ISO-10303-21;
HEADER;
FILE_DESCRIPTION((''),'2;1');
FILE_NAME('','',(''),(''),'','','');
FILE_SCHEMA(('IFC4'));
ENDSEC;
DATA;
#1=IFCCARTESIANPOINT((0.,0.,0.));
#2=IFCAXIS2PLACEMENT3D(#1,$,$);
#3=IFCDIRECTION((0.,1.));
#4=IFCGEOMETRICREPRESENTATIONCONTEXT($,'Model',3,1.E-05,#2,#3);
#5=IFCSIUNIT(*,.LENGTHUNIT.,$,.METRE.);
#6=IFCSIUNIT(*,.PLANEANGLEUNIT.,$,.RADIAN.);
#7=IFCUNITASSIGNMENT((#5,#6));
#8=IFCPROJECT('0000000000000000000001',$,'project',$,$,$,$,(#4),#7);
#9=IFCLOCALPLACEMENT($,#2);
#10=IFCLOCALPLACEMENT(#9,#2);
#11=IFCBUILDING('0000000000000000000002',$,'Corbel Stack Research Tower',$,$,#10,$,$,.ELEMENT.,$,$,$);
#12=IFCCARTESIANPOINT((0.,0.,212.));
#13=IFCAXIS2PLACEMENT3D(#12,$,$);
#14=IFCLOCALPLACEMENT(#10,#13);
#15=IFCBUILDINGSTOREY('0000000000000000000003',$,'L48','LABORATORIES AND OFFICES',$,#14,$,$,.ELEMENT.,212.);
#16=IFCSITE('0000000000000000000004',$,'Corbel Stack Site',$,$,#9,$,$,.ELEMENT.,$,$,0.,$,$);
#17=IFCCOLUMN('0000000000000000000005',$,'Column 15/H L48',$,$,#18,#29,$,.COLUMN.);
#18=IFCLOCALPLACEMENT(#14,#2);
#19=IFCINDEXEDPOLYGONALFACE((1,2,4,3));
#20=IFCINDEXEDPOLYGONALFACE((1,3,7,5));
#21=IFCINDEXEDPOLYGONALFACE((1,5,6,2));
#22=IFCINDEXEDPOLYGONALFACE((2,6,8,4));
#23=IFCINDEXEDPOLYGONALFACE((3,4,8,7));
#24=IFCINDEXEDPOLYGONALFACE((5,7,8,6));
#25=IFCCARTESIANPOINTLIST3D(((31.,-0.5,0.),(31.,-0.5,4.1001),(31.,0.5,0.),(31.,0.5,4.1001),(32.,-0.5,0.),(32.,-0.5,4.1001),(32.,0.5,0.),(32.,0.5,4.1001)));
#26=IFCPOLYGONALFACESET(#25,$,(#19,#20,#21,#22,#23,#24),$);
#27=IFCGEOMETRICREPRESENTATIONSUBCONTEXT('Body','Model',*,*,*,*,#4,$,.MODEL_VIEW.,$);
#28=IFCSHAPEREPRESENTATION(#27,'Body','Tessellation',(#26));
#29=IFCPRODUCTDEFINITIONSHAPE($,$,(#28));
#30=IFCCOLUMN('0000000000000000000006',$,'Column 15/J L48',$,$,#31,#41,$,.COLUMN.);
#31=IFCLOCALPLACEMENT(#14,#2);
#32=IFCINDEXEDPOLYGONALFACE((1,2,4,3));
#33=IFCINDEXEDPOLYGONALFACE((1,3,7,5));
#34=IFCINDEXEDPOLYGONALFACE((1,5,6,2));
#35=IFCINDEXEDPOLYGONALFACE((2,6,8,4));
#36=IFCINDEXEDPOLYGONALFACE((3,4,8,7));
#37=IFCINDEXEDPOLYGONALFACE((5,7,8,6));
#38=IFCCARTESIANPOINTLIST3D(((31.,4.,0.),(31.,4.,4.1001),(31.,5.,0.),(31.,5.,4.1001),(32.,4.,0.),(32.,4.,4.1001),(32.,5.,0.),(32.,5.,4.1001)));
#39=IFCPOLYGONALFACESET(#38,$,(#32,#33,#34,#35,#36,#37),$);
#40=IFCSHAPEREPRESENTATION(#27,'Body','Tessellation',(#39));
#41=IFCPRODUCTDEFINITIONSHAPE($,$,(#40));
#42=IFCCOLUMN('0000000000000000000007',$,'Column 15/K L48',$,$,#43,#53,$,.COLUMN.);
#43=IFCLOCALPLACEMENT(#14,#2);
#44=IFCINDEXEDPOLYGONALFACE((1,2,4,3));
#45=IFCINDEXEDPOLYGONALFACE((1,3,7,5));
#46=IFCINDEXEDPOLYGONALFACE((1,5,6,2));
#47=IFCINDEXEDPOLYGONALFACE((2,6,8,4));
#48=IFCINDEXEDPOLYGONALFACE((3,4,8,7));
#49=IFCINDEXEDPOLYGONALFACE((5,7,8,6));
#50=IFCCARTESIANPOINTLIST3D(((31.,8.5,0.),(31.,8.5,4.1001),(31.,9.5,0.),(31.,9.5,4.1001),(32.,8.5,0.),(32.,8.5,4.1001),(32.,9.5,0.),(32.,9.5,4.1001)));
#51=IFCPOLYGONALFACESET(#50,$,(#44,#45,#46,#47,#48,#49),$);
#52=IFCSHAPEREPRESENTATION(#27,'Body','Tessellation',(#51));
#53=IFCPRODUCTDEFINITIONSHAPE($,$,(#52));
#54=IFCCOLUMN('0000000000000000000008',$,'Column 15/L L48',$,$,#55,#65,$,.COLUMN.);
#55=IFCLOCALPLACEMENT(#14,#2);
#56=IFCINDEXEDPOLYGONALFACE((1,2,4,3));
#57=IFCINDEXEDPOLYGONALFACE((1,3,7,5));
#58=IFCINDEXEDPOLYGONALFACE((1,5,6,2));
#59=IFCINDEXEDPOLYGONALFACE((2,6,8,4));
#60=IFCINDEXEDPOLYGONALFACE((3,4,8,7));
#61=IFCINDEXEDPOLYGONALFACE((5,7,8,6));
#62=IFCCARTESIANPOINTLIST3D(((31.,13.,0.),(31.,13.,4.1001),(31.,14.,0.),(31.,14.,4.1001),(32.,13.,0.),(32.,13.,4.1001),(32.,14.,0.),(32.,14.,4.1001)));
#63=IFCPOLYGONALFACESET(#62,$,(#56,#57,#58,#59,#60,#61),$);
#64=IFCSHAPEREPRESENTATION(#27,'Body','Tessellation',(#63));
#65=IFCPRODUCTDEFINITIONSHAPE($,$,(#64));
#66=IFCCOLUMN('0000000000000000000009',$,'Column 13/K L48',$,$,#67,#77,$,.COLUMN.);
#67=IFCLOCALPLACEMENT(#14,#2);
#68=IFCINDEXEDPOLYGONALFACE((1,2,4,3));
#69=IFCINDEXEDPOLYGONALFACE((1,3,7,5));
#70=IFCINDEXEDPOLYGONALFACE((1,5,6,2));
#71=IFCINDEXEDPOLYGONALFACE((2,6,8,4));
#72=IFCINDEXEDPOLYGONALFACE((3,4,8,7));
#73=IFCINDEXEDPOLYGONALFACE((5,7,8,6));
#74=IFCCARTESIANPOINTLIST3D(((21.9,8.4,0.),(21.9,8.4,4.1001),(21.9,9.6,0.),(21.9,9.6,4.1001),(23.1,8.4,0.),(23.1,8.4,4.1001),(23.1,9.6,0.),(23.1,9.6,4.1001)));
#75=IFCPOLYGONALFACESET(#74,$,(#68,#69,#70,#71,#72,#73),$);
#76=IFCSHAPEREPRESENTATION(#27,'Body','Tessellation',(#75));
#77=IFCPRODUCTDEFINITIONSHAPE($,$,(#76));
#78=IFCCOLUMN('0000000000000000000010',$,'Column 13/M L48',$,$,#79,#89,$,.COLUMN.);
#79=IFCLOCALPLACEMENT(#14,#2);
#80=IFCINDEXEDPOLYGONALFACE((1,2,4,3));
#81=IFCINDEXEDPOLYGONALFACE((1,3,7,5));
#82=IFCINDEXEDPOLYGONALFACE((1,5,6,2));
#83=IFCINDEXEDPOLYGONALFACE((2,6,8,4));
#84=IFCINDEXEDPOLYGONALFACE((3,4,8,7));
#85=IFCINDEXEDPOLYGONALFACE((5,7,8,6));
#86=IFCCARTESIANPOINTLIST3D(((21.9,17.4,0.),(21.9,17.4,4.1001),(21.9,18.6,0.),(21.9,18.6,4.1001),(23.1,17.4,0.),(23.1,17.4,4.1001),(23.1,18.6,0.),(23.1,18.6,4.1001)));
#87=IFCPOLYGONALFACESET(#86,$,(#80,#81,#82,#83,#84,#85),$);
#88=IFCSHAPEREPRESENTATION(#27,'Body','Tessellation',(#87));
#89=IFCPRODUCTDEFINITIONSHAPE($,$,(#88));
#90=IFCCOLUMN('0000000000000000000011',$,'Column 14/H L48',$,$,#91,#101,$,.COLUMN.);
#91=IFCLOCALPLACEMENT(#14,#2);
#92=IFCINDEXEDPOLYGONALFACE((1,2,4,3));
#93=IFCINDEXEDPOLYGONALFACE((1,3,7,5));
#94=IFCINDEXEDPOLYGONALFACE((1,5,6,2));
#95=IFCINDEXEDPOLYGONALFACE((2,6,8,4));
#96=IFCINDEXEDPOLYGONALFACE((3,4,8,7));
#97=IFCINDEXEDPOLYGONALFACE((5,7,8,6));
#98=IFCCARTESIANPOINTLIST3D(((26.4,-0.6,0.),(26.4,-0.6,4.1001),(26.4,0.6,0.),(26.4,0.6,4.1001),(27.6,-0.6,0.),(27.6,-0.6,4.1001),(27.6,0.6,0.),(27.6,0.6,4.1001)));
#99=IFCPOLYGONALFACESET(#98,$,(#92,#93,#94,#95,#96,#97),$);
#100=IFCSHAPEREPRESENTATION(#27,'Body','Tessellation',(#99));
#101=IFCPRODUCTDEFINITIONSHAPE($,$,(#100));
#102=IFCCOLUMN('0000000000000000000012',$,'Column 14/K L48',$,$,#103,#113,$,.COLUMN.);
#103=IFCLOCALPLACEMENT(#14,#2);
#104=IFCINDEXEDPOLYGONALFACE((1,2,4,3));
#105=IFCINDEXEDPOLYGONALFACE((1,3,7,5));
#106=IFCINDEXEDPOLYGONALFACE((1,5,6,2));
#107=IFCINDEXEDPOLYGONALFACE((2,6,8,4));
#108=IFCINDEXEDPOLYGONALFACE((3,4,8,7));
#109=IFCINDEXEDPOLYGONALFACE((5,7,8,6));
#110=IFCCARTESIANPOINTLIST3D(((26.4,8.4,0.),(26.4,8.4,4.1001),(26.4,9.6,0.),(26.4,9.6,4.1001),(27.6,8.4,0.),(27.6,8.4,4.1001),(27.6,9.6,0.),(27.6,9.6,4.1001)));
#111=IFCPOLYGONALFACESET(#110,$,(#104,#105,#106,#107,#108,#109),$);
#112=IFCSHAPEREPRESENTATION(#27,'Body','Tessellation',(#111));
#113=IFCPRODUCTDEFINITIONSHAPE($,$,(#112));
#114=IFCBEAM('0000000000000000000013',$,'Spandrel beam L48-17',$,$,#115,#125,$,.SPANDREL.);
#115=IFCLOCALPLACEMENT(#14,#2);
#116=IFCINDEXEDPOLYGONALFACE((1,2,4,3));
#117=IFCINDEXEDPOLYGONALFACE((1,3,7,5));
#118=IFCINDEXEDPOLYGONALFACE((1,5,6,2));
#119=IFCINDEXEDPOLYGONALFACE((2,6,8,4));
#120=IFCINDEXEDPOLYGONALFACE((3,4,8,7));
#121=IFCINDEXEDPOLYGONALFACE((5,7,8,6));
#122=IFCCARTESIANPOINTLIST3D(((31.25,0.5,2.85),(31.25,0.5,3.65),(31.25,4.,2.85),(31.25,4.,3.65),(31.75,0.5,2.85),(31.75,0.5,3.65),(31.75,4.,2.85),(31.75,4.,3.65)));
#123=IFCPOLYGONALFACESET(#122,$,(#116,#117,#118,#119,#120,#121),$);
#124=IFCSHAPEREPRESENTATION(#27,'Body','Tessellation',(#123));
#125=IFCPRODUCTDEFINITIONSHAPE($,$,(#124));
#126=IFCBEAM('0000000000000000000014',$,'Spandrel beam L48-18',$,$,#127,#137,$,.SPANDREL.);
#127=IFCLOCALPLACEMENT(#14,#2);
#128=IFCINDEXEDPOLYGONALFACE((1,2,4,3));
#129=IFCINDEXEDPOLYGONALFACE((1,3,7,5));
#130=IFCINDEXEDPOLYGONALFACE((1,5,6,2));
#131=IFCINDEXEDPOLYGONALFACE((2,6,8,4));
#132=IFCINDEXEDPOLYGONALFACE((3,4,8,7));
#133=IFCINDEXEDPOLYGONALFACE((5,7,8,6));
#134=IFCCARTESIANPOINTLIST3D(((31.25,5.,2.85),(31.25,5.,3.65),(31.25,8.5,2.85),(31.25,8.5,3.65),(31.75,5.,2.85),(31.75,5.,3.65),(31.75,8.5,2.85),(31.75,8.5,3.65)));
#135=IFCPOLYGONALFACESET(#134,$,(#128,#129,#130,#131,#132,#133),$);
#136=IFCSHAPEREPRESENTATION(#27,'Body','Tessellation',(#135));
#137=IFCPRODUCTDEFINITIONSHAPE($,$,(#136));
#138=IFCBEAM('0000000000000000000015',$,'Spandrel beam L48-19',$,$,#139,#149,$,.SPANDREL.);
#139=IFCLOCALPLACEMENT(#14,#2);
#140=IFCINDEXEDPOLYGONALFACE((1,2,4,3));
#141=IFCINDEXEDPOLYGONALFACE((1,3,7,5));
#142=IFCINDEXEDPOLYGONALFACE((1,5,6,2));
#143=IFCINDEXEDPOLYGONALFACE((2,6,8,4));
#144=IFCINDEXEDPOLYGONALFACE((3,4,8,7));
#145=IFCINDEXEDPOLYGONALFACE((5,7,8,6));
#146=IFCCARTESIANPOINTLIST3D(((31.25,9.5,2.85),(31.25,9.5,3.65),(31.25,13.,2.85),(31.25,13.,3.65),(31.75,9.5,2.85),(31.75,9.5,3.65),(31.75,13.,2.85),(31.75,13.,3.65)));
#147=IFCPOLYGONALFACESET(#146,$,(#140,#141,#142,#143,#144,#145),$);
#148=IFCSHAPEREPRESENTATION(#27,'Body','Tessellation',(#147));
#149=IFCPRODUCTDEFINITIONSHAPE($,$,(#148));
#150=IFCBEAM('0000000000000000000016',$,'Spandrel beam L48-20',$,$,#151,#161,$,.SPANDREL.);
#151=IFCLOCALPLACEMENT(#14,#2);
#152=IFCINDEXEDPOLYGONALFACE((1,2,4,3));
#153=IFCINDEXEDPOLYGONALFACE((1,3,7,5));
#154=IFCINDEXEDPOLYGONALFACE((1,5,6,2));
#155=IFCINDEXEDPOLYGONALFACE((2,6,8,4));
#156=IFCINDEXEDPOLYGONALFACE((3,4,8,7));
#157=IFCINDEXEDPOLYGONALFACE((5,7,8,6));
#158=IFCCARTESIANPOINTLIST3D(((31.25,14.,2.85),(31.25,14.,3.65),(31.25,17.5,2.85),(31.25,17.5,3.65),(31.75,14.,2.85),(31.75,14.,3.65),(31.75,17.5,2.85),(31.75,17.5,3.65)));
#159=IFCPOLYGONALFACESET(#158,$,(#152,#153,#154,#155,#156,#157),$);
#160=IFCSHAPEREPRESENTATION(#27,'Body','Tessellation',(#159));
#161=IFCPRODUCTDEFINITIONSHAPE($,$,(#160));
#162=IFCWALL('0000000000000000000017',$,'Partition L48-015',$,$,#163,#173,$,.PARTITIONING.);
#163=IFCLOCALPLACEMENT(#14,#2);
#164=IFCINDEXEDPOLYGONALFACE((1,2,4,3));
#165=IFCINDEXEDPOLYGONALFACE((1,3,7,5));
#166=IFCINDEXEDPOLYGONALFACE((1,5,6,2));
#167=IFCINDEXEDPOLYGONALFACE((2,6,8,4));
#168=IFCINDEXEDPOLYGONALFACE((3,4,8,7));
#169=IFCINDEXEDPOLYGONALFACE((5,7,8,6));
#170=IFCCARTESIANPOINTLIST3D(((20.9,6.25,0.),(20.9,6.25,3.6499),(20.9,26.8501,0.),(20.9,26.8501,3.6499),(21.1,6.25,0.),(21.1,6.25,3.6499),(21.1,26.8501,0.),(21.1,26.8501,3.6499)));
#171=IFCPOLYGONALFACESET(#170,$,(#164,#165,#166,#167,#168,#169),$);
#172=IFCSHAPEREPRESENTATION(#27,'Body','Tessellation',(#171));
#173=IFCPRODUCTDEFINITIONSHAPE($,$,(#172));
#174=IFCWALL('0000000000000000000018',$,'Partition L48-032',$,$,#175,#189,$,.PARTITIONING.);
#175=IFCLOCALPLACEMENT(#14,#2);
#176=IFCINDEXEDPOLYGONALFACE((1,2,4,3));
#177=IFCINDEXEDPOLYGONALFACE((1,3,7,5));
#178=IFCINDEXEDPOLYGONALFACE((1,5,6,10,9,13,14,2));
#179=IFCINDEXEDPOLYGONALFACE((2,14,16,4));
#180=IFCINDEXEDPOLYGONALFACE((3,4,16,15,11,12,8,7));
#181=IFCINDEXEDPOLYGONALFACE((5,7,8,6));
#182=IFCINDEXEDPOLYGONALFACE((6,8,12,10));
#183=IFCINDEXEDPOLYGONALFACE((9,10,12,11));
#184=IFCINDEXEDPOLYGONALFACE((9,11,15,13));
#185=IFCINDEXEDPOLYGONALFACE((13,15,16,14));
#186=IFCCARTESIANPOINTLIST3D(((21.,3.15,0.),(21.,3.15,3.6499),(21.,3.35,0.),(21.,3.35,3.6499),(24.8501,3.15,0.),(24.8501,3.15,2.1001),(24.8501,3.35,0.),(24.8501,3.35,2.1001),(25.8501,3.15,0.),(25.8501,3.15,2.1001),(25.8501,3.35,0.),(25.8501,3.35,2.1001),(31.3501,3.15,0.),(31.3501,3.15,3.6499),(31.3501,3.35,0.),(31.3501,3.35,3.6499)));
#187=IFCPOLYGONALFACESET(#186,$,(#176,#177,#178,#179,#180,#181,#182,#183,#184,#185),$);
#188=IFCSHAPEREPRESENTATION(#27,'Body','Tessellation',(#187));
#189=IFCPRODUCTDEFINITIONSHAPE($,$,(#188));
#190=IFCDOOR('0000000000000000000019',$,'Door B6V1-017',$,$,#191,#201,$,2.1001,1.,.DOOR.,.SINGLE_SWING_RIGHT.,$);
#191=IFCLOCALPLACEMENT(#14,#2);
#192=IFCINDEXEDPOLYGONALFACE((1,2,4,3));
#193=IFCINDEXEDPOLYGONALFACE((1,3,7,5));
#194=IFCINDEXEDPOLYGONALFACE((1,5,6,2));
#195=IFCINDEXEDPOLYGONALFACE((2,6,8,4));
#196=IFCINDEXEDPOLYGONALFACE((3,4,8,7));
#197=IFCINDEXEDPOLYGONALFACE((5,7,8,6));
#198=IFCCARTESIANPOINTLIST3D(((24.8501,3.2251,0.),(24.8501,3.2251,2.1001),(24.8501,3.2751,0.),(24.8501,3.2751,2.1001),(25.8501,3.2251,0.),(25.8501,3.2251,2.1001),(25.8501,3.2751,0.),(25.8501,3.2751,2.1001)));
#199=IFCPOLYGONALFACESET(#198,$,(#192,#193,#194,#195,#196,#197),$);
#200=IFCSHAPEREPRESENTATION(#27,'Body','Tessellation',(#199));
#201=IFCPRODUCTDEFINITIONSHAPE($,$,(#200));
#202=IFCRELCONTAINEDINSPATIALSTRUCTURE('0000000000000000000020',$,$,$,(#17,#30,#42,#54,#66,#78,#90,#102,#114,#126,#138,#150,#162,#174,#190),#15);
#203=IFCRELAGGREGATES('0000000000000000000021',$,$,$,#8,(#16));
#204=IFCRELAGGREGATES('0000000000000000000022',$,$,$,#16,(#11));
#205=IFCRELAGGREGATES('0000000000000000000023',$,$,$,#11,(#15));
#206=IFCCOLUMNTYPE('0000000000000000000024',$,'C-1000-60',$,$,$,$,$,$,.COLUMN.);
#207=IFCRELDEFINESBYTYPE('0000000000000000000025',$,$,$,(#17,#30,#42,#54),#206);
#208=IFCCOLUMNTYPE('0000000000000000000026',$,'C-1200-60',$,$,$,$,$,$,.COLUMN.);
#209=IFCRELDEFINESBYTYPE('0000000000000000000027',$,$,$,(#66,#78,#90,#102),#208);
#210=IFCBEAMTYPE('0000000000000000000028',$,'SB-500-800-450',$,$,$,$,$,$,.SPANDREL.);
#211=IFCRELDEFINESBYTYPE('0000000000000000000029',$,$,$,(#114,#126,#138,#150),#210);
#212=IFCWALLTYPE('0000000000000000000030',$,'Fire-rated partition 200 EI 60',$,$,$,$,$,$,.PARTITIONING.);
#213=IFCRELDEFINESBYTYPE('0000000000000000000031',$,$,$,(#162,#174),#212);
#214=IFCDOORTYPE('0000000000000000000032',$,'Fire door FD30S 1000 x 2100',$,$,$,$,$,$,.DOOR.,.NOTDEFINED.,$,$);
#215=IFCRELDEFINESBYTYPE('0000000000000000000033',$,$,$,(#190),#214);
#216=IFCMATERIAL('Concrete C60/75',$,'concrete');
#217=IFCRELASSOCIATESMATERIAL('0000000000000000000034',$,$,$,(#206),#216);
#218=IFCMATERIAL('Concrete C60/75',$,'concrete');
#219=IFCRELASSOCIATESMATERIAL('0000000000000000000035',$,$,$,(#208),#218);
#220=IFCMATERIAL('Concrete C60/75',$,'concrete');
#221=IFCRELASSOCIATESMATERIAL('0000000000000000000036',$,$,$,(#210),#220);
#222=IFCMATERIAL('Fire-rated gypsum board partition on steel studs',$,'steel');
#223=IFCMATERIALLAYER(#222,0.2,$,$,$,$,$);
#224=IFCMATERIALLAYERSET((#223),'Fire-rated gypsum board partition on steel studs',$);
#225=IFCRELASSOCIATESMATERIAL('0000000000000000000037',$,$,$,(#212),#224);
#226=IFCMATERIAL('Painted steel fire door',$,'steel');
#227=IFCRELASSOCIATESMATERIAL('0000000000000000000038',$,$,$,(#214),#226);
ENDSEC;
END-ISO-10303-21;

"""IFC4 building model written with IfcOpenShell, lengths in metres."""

from ifc_helpers import new_model, si_unit, direction, frame, frame_2d, origin, origin_2d, place, context, subcontext, project, spatial, rectangle, extrude, material, layer, layer_set, material_profile, profile_set, type_object, element, fill, save


model = new_model("IFC4")

# Units and contexts
model_context = context("Model", 3, precision=1e-05, world=origin(), true_north=direction((0.0, 1.0)))
body_context = subcontext(model_context, "Body", "Model", "MODEL_VIEW")
ifc_project = project(units=[si_unit("LENGTHUNIT", "METRE"), si_unit("PLANEANGLEUNIT", "RADIAN")], contexts=[model_context])

# Site, building, storey
site_placement = place(None, origin())
site = spatial("IfcSite", under=ifc_project, at=site_placement, Name="Corbel Stack Site", CompositionType="ELEMENT", RefElevation=0.0)
building_placement = place(site_placement, origin())
building = spatial("IfcBuilding", under=site, at=building_placement, Name="Corbel Stack Research Tower", CompositionType="ELEMENT")
storey_placement = place(building_placement, frame((0.0, 0.0, 212.0)))
storey = spatial("IfcBuildingStorey", under=building, at=storey_placement, Name="L48", Description="LABORATORIES AND OFFICES", CompositionType="ELEMENT", Elevation=212.0)

# Columns
ifc_material_1 = material(Name="Concrete C60/75", Category="concrete")
ifc_material_profile_1 = material_profile(ifc_material_1, rectangle(XDim=1.0, YDim=1.0, at=origin_2d()), Name="RC 1000 x 1000")
ifc_profile_set_1 = profile_set([ifc_material_profile_1], Name="Concrete C60/75")
column_type_1 = type_object("IfcColumnType", Name="C-1000-60", PredefinedType="COLUMN", material=ifc_profile_set_1)
for number, where, z_axis, x_axis, name in (
    (1, (31.5, 0.0, 0.0), (0.0, 0.0, 1.0), (1.0, 0.0, 0.0), "Column 15/H L48"),
    (2, (31.5, 4.5, 0.0), (0.0, 0.0, 1.0), (1.0, 0.0, 0.0), "Column 15/J L48"),
    (3, (31.5, 9.0, 0.0), (0.0, 0.0, 1.0), (1.0, 0.0, 0.0), "Column 15/K L48"),
    (4, (31.5, 13.5, 0.0), (0.0, 0.0, 1.0), (1.0, 0.0, 0.0), "Column 15/L L48"),
):
    element("IfcColumn", number, at=place(storey_placement, frame(where, z_axis=z_axis, x_axis=x_axis)), inside=storey, type_object=column_type_1, Name=name, PredefinedType="COLUMN", context=body_context, shape_type="SweptSolid", body=[
        extrude(rectangle(XDim=1.0, YDim=1.0, at=origin_2d()), origin(), (0.0, 0.0, 1.0), 4.1001),
    ])
ifc_material_2 = material(Name="Concrete C60/75", Category="concrete")
ifc_material_profile_2 = material_profile(ifc_material_2, rectangle(XDim=1.2, YDim=1.2, at=origin_2d()), Name="RC 1200 x 1200")
ifc_profile_set_2 = profile_set([ifc_material_profile_2], Name="Concrete C60/75")
column_type_2 = type_object("IfcColumnType", Name="C-1200-60", PredefinedType="COLUMN", material=ifc_profile_set_2)
for number, where, z_axis, x_axis, name in (
    (5, (22.5, 9.0, 0.0), (0.0, 0.0, 1.0), (1.0, 0.0, 0.0), "Column 13/K L48"),
    (6, (22.5, 18.0, 0.0), (0.0, 0.0, 1.0), (1.0, 0.0, 0.0), "Column 13/M L48"),
    (7, (27.0, 0.0, 0.0), (0.0, 0.0, 1.0), (1.0, 0.0, 0.0), "Column 14/H L48"),
    (8, (27.0, 9.0, 0.0), (0.0, 0.0, 1.0), (1.0, 0.0, 0.0), "Column 14/K L48"),
):
    element("IfcColumn", number, at=place(storey_placement, frame(where, z_axis=z_axis, x_axis=x_axis)), inside=storey, type_object=column_type_2, Name=name, PredefinedType="COLUMN", context=body_context, shape_type="SweptSolid", body=[
        extrude(rectangle(XDim=1.2, YDim=1.2, at=origin_2d()), origin(), (0.0, 0.0, 1.0), 4.1001),
    ])

# Beams
ifc_material_3 = material(Name="Concrete C60/75", Category="concrete")
ifc_material_profile_3 = material_profile(ifc_material_3, rectangle(XDim=0.5, YDim=0.8, at=origin_2d()), Name="RC 500 x 800")
ifc_profile_set_3 = profile_set([ifc_material_profile_3], Name="Concrete C60/75")
beam_type = type_object("IfcBeamType", Name="SB-500-800-450", PredefinedType="SPANDREL", material=ifc_profile_set_3)
for number, where, z_axis, x_axis, name in (
    (9, (31.5, 0.5, 3.25), (0.0, 1.0, 0.0), (-1.0, 0.0, 0.0), "Spandrel beam L48-17"),
    (10, (31.5, 5.0, 3.25), (0.0, 1.0, 0.0), (-1.0, 0.0, 0.0), "Spandrel beam L48-18"),
    (11, (31.5, 9.5, 3.25), (0.0, 1.0, 0.0), (-1.0, 0.0, 0.0), "Spandrel beam L48-19"),
    (12, (31.5, 14.0, 3.25), (0.0, 1.0, 0.0), (-1.0, 0.0, 0.0), "Spandrel beam L48-20"),
):
    element("IfcBeam", number, at=place(storey_placement, frame(where, z_axis=z_axis, x_axis=x_axis)), inside=storey, type_object=beam_type, Name=name, PredefinedType="SPANDREL", context=body_context, shape_type="SweptSolid", body=[
        extrude(rectangle(XDim=0.5, YDim=0.8, at=origin_2d()), origin(), (0.0, 0.0, 1.0), 3.5),
    ])

# Wall
ifc_material_4 = material(Name="Fire-rated gypsum board partition on steel studs", Category="steel")
ifc_layer_1 = layer(ifc_material_4, 0.2)
ifc_layer_set_1 = layer_set([ifc_layer_1], Name="Fire-rated gypsum board partition on steel studs")
wall_type_1 = type_object("IfcWallType", Name="Fire-rated partition 200 EI 60", PredefinedType="PARTITIONING", material=ifc_layer_set_1)
wall_1_placement = place(storey_placement, frame((21.0, 6.25, 0.0), z_axis=(0.0, 0.0, 1.0), x_axis=(0.0, 1.0, 0.0)))
element("IfcWall", 13, at=wall_1_placement, inside=storey, type_object=wall_type_1, Name="Partition L48-015", PredefinedType="PARTITIONING", context=body_context, shape_type="SweptSolid", body=[
    extrude(rectangle(XDim=20.6001, YDim=0.2, at=frame_2d((10.3, 0.0))), origin(), (0.0, 0.0, 1.0), 3.6499),
])

# Wall, opening, door
wall_2_placement = place(storey_placement, frame((31.3501, 3.25, 0.0), z_axis=(0.0, 0.0, 1.0), x_axis=(-1.0, 0.0, 0.0)))
wall_2 = element("IfcWall", 14, at=wall_2_placement, inside=storey, type_object=wall_type_1, Name="Partition L48-032", PredefinedType="PARTITIONING", context=body_context, shape_type="SweptSolid", body=[
    extrude(rectangle(XDim=10.3501, YDim=0.2, at=frame_2d((5.175, 0.0))), origin(), (0.0, 0.0, 1.0), 3.6499),
])
opening_1_placement = place(wall_2_placement, frame((5.5, 0.0, 0.0)))
opening_1 = element("IfcOpeningElement", 15, at=opening_1_placement, cuts=wall_2, PredefinedType="OPENING", context=body_context, shape_type="SweptSolid", body=[
    extrude(rectangle(XDim=1.0, YDim=2.1001, at=frame_2d((0.5, 1.05))), frame((0.0, 0.1099, 0.0), z_axis=(0.0, -1.0, 0.0), x_axis=(1.0, 0.0, 0.0)), (0.0, 0.0, 1.0), 0.22),
])
ifc_material_5 = material(Name="Painted steel fire door", Category="steel")
door_type_1 = type_object("IfcDoorType", Name="Fire door FD30S 1000 x 2100", OperationType="NOTDEFINED", PredefinedType="DOOR", material=ifc_material_5)
door_1_placement = place(opening_1_placement, origin())
door_1 = element("IfcDoor", 16, at=door_1_placement, inside=storey, type_object=door_type_1, Name="Door B6V1-017", OperationType="SINGLE_SWING_RIGHT", OverallHeight=2.1001, OverallWidth=1.0, PredefinedType="DOOR", context=body_context, shape_type="SweptSolid", body=[
    extrude(rectangle(XDim=1.0, YDim=2.1001, at=frame_2d((0.5, 1.05))), frame((0.0, 0.0249, 0.0), z_axis=(0.0, -1.0, 0.0), x_axis=(1.0, 0.0, 0.0)), (0.0, 0.0, 1.0), 0.05),
])
fill(opening_1, door_1)

save(model, "model.ifc")
